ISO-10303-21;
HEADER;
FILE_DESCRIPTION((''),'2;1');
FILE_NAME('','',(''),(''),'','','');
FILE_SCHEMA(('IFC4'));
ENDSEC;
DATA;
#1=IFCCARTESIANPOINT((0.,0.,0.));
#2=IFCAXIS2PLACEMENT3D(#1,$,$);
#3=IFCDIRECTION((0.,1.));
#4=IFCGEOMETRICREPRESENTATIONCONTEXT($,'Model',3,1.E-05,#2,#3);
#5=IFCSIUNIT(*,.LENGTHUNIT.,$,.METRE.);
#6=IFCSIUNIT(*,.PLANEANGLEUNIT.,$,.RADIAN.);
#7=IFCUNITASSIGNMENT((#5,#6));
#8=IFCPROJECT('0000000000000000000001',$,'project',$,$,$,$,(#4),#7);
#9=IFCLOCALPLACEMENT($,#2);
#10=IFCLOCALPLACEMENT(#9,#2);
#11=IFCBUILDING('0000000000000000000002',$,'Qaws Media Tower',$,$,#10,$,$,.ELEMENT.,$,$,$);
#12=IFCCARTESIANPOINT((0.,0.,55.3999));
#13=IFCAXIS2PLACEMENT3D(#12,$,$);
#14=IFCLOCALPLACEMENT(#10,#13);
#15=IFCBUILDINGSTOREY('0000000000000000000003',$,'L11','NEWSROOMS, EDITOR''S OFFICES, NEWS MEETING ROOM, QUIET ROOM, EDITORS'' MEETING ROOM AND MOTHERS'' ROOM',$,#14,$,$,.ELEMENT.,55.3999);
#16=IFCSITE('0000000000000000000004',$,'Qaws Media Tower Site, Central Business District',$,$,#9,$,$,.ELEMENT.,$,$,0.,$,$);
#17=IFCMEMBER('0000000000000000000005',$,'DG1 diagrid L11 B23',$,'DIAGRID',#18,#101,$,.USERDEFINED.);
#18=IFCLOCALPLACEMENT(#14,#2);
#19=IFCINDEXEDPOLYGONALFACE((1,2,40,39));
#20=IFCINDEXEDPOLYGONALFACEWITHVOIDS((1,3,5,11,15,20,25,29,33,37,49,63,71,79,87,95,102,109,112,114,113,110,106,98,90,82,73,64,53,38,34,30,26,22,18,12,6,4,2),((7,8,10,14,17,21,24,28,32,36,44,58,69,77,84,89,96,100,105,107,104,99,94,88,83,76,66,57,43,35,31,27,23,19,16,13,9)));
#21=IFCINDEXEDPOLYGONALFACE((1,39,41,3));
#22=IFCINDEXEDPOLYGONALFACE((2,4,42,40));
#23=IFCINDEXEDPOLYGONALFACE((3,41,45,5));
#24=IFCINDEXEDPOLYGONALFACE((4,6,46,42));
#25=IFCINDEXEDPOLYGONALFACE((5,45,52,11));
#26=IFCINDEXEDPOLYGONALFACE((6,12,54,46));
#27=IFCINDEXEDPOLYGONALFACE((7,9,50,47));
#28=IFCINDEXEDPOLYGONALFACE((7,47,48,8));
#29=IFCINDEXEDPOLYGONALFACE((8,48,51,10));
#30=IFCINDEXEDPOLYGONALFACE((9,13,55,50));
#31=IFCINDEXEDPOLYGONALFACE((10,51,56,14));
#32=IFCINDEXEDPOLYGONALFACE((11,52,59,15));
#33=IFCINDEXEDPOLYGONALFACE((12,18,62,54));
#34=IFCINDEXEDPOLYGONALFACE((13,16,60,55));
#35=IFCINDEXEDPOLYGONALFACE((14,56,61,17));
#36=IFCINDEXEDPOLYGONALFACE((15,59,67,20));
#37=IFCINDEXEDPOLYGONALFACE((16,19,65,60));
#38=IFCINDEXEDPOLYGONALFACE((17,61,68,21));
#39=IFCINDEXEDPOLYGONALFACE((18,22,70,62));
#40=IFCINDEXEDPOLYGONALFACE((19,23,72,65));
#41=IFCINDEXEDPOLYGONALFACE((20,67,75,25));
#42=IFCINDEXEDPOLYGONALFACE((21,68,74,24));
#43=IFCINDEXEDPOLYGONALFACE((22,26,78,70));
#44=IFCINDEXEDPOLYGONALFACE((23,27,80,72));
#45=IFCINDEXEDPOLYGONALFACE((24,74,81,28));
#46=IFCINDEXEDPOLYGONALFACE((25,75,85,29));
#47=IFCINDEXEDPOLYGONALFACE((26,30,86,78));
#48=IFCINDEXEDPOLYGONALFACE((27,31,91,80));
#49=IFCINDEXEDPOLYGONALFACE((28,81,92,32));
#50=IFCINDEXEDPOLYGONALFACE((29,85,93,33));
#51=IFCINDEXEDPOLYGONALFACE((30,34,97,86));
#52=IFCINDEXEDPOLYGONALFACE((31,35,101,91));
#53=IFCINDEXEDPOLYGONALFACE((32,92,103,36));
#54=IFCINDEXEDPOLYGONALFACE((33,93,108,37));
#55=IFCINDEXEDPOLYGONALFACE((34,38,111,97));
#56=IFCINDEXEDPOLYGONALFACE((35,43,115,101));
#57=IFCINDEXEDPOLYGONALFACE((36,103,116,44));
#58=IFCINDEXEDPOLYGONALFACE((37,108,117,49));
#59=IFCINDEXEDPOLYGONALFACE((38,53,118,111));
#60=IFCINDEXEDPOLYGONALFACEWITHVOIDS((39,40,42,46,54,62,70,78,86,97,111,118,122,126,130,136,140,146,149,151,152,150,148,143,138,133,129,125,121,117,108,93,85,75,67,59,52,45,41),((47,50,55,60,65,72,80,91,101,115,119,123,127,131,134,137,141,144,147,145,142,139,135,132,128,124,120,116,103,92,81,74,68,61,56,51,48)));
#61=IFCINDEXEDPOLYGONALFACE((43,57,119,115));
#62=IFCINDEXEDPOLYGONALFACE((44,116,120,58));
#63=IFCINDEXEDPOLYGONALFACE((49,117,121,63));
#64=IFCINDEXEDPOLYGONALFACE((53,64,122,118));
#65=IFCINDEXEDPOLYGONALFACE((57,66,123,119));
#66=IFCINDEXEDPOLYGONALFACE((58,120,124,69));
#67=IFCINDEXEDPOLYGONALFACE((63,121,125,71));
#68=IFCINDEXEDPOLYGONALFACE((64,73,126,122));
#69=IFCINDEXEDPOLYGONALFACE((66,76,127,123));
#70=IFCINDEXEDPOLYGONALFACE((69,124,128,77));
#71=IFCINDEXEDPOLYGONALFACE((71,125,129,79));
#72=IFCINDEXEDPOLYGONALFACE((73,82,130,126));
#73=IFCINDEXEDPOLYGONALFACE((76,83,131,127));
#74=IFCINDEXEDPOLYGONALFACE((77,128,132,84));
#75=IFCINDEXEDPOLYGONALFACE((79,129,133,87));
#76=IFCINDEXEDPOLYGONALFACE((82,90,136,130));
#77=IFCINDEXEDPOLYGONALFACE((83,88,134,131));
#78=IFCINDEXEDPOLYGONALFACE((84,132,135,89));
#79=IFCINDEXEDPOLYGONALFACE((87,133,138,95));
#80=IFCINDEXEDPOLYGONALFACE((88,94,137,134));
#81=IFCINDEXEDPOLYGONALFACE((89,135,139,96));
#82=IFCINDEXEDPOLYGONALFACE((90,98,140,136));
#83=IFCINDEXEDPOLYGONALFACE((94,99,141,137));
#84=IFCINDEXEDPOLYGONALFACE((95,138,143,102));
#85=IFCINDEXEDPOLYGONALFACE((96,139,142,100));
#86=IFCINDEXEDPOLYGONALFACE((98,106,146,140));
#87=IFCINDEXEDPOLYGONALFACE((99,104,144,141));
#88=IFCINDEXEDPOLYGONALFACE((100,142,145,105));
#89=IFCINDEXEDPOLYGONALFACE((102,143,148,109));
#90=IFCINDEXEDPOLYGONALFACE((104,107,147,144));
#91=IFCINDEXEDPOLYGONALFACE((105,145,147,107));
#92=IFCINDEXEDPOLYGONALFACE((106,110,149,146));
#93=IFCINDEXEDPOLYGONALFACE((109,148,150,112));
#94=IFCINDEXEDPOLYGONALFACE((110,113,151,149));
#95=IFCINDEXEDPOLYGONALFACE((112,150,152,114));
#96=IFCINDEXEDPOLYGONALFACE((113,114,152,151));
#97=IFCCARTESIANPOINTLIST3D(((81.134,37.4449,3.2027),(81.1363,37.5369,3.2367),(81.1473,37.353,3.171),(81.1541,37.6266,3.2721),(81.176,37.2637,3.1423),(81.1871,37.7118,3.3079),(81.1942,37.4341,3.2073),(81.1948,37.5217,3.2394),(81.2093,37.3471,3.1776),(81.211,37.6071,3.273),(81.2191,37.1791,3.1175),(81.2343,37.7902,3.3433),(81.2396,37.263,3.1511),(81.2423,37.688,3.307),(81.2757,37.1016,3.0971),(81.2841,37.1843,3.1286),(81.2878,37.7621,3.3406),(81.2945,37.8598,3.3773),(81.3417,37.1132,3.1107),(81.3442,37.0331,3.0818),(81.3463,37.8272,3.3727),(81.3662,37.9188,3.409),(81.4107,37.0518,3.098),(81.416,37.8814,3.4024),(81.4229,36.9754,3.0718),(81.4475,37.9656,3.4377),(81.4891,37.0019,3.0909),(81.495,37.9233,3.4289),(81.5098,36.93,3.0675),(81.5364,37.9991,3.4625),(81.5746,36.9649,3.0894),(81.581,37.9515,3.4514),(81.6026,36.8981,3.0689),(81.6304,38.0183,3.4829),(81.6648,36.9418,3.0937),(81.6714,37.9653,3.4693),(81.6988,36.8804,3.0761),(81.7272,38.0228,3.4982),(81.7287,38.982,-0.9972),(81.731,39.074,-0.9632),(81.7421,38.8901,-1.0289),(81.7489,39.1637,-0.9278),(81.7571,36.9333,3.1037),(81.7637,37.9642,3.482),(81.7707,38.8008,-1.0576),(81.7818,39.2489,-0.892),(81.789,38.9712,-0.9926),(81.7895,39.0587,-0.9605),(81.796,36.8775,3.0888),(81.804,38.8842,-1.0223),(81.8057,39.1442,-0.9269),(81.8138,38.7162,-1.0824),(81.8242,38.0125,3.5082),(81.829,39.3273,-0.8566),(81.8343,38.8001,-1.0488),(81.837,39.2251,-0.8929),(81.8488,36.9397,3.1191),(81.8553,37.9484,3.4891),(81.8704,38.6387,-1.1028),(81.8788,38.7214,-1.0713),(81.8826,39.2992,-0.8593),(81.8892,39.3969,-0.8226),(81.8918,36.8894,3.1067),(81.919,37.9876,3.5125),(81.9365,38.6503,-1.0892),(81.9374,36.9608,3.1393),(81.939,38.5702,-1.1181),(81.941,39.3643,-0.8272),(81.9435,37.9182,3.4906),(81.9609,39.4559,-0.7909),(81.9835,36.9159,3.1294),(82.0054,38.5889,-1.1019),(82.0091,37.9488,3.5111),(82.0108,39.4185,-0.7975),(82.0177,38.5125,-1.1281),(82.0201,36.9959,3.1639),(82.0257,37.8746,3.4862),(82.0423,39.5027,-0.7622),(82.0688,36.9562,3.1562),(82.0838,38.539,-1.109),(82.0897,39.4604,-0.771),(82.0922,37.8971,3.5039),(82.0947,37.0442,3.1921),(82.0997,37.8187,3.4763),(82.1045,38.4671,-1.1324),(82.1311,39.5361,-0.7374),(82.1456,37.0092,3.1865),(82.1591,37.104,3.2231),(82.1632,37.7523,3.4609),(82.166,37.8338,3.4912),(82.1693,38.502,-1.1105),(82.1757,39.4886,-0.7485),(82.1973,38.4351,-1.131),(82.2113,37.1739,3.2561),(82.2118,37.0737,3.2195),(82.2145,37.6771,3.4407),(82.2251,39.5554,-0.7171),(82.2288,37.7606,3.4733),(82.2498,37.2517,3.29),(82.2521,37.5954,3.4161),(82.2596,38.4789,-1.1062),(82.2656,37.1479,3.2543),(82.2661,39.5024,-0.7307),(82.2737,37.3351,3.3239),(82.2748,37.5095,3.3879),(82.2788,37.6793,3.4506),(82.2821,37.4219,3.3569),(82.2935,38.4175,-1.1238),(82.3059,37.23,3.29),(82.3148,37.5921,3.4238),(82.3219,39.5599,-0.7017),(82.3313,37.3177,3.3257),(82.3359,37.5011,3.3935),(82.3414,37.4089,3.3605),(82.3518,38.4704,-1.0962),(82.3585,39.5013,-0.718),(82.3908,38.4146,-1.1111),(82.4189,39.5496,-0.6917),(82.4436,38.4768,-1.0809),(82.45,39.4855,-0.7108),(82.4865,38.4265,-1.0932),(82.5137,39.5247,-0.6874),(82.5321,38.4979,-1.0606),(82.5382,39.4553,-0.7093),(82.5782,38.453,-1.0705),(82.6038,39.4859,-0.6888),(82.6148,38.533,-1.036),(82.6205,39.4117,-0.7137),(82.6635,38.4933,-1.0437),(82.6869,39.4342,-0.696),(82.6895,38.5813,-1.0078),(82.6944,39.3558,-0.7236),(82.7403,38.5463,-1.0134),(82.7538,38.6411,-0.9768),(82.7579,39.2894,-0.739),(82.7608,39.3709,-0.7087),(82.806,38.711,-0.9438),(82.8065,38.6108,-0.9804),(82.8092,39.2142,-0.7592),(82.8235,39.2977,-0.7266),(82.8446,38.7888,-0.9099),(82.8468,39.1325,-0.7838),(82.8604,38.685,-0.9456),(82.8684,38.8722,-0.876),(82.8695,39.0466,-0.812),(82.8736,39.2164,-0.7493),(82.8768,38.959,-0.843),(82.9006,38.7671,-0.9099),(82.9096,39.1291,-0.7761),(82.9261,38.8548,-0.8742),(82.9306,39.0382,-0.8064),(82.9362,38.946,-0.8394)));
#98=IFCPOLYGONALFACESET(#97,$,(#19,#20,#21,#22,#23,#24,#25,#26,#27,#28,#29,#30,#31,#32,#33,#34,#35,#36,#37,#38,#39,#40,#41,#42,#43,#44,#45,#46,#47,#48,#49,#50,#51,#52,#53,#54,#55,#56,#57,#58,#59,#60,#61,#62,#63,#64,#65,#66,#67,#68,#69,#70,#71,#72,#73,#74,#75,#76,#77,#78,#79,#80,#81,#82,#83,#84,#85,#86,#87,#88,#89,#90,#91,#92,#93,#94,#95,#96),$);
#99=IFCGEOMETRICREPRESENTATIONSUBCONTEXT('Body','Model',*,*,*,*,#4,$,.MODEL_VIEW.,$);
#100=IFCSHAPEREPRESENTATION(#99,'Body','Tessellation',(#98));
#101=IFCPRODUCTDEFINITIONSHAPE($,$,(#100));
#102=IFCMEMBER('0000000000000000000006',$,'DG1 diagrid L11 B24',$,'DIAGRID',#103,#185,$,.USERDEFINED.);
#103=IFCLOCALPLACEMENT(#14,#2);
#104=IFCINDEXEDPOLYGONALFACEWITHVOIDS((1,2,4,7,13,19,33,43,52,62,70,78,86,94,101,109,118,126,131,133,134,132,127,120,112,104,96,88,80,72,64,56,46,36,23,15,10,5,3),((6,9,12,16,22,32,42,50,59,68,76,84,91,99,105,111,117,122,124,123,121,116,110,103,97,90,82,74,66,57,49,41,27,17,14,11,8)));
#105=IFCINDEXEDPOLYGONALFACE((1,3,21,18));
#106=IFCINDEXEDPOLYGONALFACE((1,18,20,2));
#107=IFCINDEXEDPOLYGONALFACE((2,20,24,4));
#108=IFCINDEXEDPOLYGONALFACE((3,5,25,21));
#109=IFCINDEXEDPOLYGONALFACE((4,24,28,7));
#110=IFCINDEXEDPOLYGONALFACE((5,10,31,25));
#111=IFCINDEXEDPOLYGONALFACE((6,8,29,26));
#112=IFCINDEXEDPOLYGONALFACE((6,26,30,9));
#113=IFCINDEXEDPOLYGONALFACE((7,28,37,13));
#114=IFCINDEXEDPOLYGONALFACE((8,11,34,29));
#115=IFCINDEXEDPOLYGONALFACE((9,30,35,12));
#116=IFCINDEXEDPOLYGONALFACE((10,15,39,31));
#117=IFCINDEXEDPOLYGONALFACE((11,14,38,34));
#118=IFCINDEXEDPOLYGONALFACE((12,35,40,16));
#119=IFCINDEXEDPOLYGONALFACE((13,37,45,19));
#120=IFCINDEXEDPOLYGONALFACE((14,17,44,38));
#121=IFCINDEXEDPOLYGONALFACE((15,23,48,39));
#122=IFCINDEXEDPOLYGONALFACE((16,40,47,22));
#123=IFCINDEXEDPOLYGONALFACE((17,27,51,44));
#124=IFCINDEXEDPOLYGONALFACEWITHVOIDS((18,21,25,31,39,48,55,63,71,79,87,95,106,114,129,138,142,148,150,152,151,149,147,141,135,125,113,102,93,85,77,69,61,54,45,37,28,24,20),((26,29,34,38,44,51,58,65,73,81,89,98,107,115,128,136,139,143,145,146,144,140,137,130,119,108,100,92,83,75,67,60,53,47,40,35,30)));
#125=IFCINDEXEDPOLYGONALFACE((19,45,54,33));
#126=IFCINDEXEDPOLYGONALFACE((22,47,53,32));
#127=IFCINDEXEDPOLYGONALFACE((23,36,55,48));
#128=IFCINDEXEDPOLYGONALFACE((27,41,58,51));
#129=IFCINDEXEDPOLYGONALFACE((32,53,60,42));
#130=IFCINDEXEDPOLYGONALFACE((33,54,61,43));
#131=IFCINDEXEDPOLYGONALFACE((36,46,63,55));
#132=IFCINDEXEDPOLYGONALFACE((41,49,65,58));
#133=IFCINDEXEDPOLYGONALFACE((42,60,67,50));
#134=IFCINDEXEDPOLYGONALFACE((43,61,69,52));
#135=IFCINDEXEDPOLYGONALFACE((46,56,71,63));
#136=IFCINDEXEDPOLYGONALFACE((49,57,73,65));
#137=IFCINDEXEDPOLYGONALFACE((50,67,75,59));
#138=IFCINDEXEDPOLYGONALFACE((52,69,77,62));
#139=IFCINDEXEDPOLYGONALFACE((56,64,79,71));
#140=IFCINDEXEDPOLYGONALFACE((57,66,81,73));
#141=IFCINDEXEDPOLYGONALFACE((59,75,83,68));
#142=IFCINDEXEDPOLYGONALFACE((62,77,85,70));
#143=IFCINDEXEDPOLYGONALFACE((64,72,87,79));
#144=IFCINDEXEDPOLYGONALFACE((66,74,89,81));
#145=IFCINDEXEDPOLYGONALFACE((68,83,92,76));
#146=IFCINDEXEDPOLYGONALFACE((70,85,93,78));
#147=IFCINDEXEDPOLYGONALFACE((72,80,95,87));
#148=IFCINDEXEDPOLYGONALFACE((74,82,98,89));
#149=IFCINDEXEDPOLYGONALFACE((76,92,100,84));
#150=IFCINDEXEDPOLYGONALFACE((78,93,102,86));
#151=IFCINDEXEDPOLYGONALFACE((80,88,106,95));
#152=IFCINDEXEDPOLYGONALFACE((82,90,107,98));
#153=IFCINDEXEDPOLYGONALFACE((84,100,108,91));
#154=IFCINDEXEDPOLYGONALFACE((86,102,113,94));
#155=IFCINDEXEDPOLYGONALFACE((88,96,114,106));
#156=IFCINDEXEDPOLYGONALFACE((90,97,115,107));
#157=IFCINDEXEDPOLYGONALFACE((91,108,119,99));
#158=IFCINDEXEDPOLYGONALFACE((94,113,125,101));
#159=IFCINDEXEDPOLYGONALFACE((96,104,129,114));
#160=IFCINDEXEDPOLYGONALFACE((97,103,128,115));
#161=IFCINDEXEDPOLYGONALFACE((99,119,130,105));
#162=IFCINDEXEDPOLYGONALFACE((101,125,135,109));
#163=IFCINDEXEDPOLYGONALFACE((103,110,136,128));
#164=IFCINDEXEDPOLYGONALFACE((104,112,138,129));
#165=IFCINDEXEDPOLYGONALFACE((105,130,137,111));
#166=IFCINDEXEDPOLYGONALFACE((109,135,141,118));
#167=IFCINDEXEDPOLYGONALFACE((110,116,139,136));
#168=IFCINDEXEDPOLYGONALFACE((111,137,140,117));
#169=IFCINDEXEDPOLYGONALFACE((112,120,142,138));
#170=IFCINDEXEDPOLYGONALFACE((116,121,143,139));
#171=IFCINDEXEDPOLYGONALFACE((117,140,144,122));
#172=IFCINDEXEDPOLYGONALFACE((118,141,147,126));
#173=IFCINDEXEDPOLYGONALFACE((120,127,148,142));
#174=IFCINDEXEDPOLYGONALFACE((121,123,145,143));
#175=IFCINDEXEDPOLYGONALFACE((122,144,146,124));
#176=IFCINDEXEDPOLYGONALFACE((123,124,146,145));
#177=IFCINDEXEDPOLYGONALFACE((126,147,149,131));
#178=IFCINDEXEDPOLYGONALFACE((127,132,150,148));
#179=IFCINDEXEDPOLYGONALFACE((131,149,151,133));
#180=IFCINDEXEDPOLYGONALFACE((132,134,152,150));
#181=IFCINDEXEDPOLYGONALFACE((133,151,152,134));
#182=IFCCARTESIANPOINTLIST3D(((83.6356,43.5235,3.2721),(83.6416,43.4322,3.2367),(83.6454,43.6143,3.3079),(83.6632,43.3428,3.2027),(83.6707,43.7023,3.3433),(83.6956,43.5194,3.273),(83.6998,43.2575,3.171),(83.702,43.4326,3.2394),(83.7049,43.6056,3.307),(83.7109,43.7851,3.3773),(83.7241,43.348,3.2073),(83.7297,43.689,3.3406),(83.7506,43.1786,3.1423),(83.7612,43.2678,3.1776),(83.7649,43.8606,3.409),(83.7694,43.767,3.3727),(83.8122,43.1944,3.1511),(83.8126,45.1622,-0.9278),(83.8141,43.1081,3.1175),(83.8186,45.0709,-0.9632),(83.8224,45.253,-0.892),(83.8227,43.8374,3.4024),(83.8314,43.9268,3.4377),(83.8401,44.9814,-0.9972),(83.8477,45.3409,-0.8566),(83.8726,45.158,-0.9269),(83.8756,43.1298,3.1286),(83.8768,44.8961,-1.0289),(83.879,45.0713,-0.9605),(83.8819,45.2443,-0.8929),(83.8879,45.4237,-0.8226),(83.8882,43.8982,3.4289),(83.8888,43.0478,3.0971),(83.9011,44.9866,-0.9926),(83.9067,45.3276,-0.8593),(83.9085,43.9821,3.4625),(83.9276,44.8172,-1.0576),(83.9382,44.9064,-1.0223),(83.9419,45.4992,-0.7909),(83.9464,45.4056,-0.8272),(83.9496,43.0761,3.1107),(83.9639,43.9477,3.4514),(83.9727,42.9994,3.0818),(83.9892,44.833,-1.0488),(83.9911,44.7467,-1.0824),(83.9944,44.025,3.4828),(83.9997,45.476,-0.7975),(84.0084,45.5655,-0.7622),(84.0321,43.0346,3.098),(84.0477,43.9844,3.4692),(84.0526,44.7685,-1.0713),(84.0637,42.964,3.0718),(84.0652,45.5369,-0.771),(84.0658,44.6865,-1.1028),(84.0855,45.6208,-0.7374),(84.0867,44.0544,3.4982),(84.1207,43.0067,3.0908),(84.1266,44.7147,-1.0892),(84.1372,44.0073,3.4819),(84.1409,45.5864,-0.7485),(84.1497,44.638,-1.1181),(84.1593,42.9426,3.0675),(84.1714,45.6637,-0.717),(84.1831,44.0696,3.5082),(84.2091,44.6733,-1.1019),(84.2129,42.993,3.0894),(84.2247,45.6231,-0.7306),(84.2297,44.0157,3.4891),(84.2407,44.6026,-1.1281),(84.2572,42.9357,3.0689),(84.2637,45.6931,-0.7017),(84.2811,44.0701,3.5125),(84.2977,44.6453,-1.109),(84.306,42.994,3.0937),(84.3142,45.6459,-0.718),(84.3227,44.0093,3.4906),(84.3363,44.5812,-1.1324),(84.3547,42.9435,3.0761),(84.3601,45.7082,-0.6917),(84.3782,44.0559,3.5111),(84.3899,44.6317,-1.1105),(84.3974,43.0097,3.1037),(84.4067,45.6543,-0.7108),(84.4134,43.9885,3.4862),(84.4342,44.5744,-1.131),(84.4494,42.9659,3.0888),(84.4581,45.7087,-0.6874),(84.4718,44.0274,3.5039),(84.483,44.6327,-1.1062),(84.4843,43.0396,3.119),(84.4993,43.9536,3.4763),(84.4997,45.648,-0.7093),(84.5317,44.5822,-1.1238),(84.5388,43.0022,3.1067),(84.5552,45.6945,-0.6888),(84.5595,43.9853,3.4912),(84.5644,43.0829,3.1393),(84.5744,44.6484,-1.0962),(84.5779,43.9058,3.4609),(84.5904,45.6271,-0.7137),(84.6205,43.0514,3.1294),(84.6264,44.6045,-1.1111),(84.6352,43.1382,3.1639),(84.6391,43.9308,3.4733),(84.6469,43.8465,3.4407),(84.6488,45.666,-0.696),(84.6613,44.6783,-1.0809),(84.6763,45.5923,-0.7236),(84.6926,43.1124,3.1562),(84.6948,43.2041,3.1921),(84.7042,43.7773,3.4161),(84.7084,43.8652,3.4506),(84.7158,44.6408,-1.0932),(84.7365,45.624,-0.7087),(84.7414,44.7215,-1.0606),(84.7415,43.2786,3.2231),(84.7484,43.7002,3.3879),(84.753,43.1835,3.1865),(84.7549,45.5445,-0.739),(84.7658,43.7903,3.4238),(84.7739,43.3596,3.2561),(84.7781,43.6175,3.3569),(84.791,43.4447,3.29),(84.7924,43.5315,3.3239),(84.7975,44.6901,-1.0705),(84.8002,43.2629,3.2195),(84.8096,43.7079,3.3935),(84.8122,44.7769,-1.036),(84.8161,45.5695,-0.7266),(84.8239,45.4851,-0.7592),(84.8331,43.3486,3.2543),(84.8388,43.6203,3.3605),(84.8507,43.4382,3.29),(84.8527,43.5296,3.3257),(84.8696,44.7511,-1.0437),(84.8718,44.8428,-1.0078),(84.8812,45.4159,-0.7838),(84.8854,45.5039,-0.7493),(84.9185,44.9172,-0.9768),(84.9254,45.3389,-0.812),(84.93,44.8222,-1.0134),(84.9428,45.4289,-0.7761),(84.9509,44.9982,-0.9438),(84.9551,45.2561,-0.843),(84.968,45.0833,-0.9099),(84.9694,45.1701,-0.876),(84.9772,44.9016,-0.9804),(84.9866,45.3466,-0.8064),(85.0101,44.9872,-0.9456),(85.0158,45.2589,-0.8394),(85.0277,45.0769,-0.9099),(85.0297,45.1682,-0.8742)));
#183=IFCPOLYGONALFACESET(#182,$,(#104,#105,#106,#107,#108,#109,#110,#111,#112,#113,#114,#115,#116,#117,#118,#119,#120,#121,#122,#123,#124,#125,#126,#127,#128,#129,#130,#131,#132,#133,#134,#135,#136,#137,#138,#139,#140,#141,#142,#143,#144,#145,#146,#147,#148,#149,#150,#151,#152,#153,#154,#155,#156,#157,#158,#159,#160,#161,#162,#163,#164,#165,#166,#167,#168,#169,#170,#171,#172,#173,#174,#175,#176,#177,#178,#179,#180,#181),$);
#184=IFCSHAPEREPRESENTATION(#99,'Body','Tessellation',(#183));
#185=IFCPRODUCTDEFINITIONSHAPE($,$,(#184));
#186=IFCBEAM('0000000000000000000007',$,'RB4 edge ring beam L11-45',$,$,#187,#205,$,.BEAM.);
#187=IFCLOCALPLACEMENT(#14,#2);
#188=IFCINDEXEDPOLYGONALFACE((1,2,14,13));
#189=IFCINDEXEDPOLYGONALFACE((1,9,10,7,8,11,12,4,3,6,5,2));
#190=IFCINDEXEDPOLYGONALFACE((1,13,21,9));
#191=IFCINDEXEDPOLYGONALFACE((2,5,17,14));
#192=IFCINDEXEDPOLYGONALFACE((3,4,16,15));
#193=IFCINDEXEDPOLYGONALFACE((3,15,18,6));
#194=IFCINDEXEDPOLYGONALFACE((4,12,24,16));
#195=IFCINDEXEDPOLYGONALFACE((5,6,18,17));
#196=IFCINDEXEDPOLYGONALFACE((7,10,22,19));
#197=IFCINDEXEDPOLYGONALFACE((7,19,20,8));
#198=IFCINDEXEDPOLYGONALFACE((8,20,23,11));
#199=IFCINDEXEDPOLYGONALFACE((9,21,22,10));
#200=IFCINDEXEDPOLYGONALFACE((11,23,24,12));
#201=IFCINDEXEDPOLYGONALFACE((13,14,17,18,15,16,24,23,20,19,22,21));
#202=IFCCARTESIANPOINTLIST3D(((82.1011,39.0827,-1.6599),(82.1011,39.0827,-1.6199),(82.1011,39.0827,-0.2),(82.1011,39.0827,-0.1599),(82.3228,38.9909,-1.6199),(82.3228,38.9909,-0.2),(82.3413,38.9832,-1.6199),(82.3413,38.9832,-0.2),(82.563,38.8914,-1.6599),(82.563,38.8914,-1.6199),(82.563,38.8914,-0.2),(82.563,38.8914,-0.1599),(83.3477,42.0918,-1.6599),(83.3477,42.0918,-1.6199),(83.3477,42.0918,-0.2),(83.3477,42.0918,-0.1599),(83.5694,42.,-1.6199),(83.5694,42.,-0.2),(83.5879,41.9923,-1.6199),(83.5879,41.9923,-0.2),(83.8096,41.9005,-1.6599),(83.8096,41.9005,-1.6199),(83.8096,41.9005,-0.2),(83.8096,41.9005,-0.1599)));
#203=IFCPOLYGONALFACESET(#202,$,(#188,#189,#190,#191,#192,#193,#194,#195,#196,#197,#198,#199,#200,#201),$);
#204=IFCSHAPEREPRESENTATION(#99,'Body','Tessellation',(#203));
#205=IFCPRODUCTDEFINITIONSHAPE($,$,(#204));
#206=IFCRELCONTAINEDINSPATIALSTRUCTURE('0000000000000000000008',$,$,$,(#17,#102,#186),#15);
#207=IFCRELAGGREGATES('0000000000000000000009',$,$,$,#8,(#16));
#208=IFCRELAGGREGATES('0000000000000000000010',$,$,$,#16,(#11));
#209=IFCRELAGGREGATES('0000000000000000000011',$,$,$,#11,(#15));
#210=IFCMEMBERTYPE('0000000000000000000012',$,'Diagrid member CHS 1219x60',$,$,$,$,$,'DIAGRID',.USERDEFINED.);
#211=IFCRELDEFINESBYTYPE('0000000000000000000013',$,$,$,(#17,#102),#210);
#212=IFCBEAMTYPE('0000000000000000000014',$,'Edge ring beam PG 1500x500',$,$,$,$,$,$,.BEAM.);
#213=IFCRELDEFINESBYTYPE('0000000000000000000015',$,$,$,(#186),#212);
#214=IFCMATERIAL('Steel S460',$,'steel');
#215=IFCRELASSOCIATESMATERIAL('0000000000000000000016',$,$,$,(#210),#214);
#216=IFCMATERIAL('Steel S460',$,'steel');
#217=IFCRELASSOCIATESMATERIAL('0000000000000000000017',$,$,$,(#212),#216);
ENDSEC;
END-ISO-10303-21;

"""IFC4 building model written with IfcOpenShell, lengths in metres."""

from ifc_helpers import new_model, si_unit, direction, frame, origin, origin_2d, place, context, subcontext, project, spatial, hollow_circle, i_section, extrude, material, material_profile, profile_set, type_object, element, save


model = new_model("IFC4")

# Units and contexts
model_context = context("Model", 3, precision=1e-05, world=origin(), true_north=direction((0.0, 1.0)))
body_context = subcontext(model_context, "Body", "Model", "MODEL_VIEW")
ifc_project = project(units=[si_unit("LENGTHUNIT", "METRE"), si_unit("PLANEANGLEUNIT", "RADIAN")], contexts=[model_context])

# Site, building, storey
site_placement = place(None, origin())
site = spatial("IfcSite", under=ifc_project, at=site_placement, Name="Qaws Media Tower Site, Central Business District", CompositionType="ELEMENT", RefElevation=0.0)
building_placement = place(site_placement, origin())
building = spatial("IfcBuilding", under=site, at=building_placement, Name="Qaws Media Tower", CompositionType="ELEMENT")
storey_placement = place(building_placement, frame((0.0, 0.0, 55.3999)))
storey = spatial("IfcBuildingStorey", under=building, at=storey_placement, Name="L11", Description="NEWSROOMS, EDITOR'S OFFICES, NEWS MEETING ROOM, QUIET ROOM, EDITORS' MEETING ROOM AND MOTHERS' ROOM", CompositionType="ELEMENT", Elevation=55.3999)

# Members
ifc_material_1 = material(Name="Steel S460", Category="steel")
ifc_material_profile_1 = material_profile(ifc_material_1, hollow_circle(Radius=0.6096, WallThickness=0.0601, at=origin_2d()), Name="CHS 1219x60")
ifc_profile_set_1 = profile_set([ifc_material_profile_1], Name="Steel S460")
member_type_1 = type_object("IfcMemberType", Name="Diagrid member CHS 1219x60", ElementType="DIAGRID", PredefinedType="USERDEFINED", material=ifc_profile_set_1)
for number, where, z_axis, x_axis, name in (
    (1, (82.332, 38.9871, -0.9099), (-0.131817, -0.340689, 0.930889), (0.932626, -0.360844, 0.0), "DG1 diagrid L11 B23"),
    (2, (84.4216, 45.1423, -0.9099), (-0.039231, -0.363198, 0.930885), (0.994217, -0.107391, 0.0), "DG1 diagrid L11 B24"),
):
    element("IfcMember", number, at=place(storey_placement, frame(where, z_axis=z_axis, x_axis=x_axis)), inside=storey, type_object=member_type_1, Name=name, ObjectType="DIAGRID", PredefinedType="USERDEFINED", context=body_context, shape_type="SweptSolid", body=[
        extrude(hollow_circle(Radius=0.6096, WallThickness=0.0601, at=origin_2d()), origin(), (0.0, 0.0, 1.0), 4.5117),
    ])

# Beam
ifc_material_2 = material(Name="Steel S460", Category="steel")
ifc_material_profile_2 = material_profile(ifc_material_2, i_section(OverallWidth=0.5, OverallDepth=1.5, WebThickness=0.02, FlangeThickness=0.04, at=origin_2d()), Name="PG 1500x500")
ifc_profile_set_2 = profile_set([ifc_material_profile_2], Name="Steel S460")
beam_type_1 = type_object("IfcBeamType", Name="Edge ring beam PG 1500x500", PredefinedType="BEAM", material=ifc_profile_set_2)
beam_1_placement = place(storey_placement, frame((82.332, 38.9871, -0.9099), z_axis=(0.382736, 0.923858, 0.0), x_axis=(-0.923858, 0.382736, 0.0)))
element("IfcBeam", 3, at=beam_1_placement, inside=storey, type_object=beam_type_1, Name="RB4 edge ring beam L11-45", PredefinedType="BEAM", context=body_context, shape_type="SweptSolid", body=[
    extrude(i_section(OverallWidth=0.5, OverallDepth=1.5, WebThickness=0.02, FlangeThickness=0.04, at=origin_2d()), origin(), (0.0, 0.0, 1.0), 3.2571),
])

save(model, "model.ifc")
